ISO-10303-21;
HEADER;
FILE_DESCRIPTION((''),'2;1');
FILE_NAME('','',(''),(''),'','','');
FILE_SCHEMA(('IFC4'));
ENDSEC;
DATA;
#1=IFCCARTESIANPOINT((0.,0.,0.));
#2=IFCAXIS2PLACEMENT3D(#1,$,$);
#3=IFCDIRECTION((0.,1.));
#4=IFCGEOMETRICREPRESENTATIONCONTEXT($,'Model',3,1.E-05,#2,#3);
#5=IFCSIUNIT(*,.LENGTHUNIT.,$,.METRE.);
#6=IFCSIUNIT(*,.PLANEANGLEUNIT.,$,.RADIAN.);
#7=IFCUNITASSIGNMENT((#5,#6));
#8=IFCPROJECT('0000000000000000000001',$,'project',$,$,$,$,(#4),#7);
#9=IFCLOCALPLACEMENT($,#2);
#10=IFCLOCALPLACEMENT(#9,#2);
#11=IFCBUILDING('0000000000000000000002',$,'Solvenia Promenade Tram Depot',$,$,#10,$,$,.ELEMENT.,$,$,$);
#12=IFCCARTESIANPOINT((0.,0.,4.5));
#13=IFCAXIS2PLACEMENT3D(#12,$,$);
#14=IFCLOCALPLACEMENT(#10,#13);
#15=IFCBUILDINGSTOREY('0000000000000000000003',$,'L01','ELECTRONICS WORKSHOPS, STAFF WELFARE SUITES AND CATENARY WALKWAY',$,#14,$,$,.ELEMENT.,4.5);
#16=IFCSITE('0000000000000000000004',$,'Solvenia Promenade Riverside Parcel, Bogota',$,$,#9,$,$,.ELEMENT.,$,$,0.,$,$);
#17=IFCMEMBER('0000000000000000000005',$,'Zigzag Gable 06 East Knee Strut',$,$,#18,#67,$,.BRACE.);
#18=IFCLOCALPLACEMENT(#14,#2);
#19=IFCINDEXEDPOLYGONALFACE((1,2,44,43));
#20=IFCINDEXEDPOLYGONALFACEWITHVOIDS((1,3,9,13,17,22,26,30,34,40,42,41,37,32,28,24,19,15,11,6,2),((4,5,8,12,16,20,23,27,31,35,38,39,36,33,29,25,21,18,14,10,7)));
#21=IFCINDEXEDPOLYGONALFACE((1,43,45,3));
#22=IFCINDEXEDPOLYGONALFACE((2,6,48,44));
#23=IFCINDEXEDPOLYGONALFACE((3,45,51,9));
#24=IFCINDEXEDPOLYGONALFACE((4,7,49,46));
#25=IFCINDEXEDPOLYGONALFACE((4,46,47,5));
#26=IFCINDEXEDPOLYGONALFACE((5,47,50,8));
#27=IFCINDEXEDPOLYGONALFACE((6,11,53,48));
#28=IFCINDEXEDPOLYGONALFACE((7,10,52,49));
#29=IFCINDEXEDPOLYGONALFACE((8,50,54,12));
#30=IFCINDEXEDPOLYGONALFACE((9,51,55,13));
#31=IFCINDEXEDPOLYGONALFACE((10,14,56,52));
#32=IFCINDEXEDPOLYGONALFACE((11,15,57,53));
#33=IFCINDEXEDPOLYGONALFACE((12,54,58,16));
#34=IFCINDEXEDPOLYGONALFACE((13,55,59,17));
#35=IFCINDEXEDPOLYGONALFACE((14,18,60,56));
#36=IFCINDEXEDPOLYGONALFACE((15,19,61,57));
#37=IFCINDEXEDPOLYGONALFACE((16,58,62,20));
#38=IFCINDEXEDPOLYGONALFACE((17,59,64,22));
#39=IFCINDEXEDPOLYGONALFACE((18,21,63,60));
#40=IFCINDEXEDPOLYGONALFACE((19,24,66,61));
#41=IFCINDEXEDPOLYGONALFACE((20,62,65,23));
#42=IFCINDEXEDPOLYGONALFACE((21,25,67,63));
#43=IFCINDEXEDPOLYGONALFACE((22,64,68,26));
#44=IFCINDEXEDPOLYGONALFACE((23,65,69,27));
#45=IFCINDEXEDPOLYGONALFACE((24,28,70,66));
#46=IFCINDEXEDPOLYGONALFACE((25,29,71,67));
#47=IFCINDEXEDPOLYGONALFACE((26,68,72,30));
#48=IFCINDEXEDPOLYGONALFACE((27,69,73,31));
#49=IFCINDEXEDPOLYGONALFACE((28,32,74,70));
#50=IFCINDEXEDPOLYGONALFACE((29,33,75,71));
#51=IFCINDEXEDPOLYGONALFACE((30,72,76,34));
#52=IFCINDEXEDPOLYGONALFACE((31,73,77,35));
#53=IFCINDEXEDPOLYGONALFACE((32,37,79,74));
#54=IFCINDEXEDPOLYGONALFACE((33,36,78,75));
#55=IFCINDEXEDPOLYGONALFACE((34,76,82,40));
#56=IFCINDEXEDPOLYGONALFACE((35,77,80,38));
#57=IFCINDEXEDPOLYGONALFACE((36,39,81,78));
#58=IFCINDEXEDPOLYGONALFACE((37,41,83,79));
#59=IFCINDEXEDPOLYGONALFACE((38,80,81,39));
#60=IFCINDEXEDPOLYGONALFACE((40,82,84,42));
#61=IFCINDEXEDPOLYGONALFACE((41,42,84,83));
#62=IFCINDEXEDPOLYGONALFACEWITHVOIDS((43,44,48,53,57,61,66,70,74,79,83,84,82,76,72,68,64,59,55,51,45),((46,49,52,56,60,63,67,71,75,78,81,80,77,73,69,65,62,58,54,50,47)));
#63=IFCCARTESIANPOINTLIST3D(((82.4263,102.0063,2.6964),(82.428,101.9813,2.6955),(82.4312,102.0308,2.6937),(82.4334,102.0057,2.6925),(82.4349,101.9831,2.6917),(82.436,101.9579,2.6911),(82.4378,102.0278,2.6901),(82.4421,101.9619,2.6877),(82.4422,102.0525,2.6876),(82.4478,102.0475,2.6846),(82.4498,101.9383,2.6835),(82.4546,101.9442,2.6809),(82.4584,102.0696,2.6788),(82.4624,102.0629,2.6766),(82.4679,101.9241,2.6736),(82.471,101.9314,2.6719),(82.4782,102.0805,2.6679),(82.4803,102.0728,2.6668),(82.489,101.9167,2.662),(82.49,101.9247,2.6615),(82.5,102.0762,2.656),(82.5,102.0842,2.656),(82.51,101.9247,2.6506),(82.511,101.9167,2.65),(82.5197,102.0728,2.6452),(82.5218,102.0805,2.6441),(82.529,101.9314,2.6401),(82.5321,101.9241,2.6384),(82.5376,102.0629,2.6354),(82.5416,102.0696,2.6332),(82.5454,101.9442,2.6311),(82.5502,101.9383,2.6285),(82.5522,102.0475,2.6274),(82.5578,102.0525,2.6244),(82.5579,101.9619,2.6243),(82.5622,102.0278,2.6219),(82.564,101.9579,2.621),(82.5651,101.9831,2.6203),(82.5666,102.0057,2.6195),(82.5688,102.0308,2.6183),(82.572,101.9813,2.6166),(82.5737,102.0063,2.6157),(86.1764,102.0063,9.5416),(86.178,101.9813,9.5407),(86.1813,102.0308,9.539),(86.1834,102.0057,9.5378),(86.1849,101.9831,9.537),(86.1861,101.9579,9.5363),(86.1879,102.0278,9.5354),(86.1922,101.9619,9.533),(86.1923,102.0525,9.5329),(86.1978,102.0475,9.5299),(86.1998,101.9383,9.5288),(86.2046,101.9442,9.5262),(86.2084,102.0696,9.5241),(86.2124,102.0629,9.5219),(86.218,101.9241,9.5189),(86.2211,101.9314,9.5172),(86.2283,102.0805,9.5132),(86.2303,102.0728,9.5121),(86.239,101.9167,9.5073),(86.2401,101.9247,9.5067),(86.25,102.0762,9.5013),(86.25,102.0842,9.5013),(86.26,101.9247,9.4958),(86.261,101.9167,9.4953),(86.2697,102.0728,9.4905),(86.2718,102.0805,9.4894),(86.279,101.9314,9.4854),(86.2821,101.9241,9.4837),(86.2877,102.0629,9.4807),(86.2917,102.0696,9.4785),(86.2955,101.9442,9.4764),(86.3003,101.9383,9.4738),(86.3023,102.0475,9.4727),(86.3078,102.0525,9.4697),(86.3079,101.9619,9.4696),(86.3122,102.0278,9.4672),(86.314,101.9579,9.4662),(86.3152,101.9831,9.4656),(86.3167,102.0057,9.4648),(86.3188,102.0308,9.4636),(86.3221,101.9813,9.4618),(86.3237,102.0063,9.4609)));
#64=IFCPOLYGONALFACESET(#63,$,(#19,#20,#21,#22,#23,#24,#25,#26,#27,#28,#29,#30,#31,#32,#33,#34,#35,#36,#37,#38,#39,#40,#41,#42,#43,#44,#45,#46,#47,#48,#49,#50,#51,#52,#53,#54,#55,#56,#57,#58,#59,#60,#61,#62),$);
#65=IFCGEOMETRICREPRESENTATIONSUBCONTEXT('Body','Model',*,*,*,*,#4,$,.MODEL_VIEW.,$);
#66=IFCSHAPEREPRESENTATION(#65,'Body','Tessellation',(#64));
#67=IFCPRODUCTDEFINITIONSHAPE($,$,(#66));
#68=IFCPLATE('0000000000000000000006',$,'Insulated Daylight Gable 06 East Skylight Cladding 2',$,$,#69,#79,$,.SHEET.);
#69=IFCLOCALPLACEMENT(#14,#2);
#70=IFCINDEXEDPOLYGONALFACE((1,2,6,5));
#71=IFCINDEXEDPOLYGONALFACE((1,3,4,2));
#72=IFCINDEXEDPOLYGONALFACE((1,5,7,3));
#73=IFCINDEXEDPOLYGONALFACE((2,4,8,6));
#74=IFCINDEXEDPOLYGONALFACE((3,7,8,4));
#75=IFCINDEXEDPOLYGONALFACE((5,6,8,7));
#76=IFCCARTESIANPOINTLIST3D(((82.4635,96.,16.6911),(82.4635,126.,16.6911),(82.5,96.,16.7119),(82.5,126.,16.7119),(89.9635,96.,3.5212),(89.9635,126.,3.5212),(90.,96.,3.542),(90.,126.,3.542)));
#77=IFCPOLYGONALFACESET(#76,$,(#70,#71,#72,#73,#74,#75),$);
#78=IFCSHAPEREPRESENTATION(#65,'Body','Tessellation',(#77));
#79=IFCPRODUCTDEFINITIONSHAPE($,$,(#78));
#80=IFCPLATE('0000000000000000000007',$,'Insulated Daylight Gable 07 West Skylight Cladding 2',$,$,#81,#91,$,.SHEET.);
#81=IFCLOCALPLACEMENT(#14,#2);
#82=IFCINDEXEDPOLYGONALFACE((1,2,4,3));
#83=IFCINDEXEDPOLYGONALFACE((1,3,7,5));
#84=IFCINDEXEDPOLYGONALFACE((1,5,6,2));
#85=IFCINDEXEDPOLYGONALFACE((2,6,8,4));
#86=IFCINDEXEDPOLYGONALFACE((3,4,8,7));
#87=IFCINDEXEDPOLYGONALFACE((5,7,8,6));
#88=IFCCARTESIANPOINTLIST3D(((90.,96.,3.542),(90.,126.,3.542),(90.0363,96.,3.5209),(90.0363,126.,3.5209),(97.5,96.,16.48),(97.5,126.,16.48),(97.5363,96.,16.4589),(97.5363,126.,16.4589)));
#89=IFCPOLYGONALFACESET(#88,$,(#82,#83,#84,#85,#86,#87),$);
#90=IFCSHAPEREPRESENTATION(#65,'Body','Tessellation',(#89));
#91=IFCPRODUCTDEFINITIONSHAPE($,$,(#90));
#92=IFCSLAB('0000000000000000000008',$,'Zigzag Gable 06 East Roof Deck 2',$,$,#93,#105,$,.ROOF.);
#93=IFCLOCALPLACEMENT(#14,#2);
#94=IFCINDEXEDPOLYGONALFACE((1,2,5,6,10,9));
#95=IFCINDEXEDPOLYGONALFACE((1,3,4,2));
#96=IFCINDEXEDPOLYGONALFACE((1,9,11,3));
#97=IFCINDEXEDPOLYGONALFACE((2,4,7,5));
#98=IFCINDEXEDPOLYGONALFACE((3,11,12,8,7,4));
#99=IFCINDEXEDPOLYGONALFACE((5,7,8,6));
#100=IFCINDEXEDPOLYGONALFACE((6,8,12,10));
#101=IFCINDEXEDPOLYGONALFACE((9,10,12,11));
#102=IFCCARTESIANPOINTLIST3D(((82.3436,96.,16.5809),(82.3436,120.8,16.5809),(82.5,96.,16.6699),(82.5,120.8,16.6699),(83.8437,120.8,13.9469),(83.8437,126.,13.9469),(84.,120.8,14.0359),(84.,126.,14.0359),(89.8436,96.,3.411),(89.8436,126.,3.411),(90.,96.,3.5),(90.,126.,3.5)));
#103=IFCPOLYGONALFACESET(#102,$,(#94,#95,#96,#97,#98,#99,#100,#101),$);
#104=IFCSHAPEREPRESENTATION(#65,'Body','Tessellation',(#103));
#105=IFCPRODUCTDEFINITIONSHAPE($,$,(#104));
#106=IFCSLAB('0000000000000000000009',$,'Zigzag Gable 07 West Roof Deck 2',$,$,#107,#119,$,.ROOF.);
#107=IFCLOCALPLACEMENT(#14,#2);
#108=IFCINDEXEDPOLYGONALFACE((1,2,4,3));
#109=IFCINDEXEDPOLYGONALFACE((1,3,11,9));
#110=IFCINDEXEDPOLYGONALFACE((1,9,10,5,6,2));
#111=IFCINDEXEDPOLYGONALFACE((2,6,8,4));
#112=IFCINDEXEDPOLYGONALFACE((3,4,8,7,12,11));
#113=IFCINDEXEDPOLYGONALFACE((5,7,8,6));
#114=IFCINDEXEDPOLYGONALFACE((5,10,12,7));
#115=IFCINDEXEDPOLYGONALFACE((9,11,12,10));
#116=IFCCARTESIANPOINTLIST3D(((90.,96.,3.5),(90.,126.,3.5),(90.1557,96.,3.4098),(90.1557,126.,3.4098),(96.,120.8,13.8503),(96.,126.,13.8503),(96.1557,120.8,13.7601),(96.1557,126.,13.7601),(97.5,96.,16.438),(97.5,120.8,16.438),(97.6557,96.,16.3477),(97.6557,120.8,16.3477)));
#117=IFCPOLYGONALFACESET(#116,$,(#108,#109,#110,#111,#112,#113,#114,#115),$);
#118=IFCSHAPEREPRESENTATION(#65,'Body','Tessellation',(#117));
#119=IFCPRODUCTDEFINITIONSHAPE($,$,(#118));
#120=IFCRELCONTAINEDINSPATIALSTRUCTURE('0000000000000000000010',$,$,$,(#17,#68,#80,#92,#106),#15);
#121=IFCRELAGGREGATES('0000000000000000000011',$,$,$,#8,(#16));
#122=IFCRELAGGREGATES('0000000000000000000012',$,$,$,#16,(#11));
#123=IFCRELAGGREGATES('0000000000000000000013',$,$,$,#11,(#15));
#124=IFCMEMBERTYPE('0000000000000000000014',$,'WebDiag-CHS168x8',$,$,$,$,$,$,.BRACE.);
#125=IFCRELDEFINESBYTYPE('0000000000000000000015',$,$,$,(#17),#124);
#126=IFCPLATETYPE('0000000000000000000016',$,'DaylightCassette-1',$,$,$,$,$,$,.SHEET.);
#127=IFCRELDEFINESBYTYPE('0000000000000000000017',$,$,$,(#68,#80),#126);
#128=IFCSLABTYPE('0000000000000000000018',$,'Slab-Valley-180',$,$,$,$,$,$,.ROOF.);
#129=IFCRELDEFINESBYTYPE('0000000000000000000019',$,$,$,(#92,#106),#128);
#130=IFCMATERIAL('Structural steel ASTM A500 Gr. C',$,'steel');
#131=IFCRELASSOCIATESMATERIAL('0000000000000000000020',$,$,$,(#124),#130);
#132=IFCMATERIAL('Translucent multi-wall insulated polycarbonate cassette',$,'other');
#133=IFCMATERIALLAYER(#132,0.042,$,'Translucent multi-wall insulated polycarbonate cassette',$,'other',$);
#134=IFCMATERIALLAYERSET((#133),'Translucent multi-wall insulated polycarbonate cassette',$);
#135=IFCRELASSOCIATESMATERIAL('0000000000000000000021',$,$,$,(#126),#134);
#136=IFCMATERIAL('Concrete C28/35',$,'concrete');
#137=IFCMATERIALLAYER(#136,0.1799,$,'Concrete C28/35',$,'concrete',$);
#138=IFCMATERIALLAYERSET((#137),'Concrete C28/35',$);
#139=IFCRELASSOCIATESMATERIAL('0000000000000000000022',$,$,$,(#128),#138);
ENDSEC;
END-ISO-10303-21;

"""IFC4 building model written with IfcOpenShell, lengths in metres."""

from ifc_helpers import new_model, si_unit, direction, frame, origin, origin_2d, place, context, subcontext, project, spatial, polyline, hollow_circle, outline, extrude, material, layer, layer_set, material_profile, profile_set, type_object, element, save


model = new_model("IFC4")

# Units and contexts
model_context = context("Model", 3, precision=1e-05, world=origin(), true_north=direction((0.0, 1.0)))
body_context = subcontext(model_context, "Body", "Model", "MODEL_VIEW")
ifc_project = project(units=[si_unit("LENGTHUNIT", "METRE"), si_unit("PLANEANGLEUNIT", "RADIAN")], contexts=[model_context])

# Site, building, storey
site_placement = place(None, origin())
site = spatial("IfcSite", under=ifc_project, at=site_placement, Name="Solvenia Promenade Riverside Parcel, Bogota", CompositionType="ELEMENT", RefElevation=0.0)
building_placement = place(site_placement, origin())
building = spatial("IfcBuilding", under=site, at=building_placement, Name="Solvenia Promenade Tram Depot", CompositionType="ELEMENT")
storey_placement = place(building_placement, frame((0.0, 0.0, 4.5)))
storey = spatial("IfcBuildingStorey", under=building, at=storey_placement, Name="L01", Description="ELECTRONICS WORKSHOPS, STAFF WELFARE SUITES AND CATENARY WALKWAY", CompositionType="ELEMENT", Elevation=4.5)

# Shared definitions
ifc_material_1 = material(Name="Structural steel ASTM A500 Gr. C", Category="steel")

# Member
ifc_material_profile_1 = material_profile(ifc_material_1, hollow_circle(Radius=0.0842, WallThickness=0.0081, at=origin_2d()), Name="CHS168.3x8", Category="steel")
ifc_profile_set_1 = profile_set([ifc_material_profile_1], Name="Structural steel ASTM A500 Gr. C")
member_type_1 = type_object("IfcMemberType", Name="WebDiag-CHS168x8", PredefinedType="BRACE", material=ifc_profile_set_1)
for number, where, z_axis, x_axis, name in (
    (1, (82.5, 102.0, 2.656), (0.480456, 0.0, 0.877019), (0.0, 1.0, 0.0), "Zigzag Gable 06 East Knee Strut"),
):
    element("IfcMember", number, at=place(storey_placement, frame(where, z_axis=z_axis, x_axis=x_axis)), inside=storey, type_object=member_type_1, Name=name, PredefinedType="BRACE", context=body_context, shape_type="SweptSolid", body=[
        extrude(hollow_circle(Radius=0.0842, WallThickness=0.0081, at=origin_2d()), origin(), (0.0, 0.0, 1.0), 7.8052),
    ])

# Plates
ifc_material_2 = material(Name="Translucent multi-wall insulated polycarbonate cassette", Category="other")
ifc_layer_1 = layer(ifc_material_2, 0.042, Name="Translucent multi-wall insulated polycarbonate cassette", Category="other")
ifc_layer_set_1 = layer_set([ifc_layer_1], Name="Translucent multi-wall insulated polycarbonate cassette")
plate_type = type_object("IfcPlateType", Name="DaylightCassette-1", PredefinedType="SHEET", material=ifc_layer_set_1)
plate_1_placement = place(storey_placement, frame((82.5, 96.0, 16.7119), z_axis=(0.868972, 0.0, 0.494862), x_axis=(0.0, 1.0, 0.0)))
element("IfcPlate", 2, at=plate_1_placement, inside=storey, type_object=plate_type, Name="Insulated Daylight Gable 06 East Skylight Cladding 2", PredefinedType="SHEET", context=body_context, shape_type="SweptSolid", body=[
    extrude(outline(polyline([(0.0, 0.0), (30.0, 0.0), (30.0, -15.1558), (0.0, -15.1558), (0.0, 0.0)])), origin(), (0.0, 0.0, -1.0), 0.042),
])
plate_2_placement = place(storey_placement, frame((90.0, 96.0, 3.542), z_axis=(-0.865148, 0.0, 0.501516), x_axis=(0.0, 1.0, 0.0)))
element("IfcPlate", 3, at=plate_2_placement, inside=storey, type_object=plate_type, Name="Insulated Daylight Gable 07 West Skylight Cladding 2", PredefinedType="SHEET", context=body_context, shape_type="SweptSolid", body=[
    extrude(outline(polyline([(0.0, 0.0), (30.0, 0.0), (30.0, -14.9546), (0.0, -14.9546), (0.0, 0.0)])), origin(), (0.0, 0.0, -1.0), 0.042),
])

# Slabs
ifc_material_3 = material(Name="Concrete C28/35", Category="concrete")
ifc_layer_2 = layer(ifc_material_3, 0.1799, Name="Concrete C28/35", Category="concrete")
ifc_layer_set_2 = layer_set([ifc_layer_2], Name="Concrete C28/35")
slab_type = type_object("IfcSlabType", Name="Slab-Valley-180", PredefinedType="ROOF", material=ifc_layer_set_2)
slab_1_placement = place(storey_placement, frame((82.5, 96.0, 16.6699), z_axis=(0.868972, 0.0, 0.494862), x_axis=(0.0, 1.0, 0.0)))
element("IfcSlab", 4, at=slab_1_placement, inside=storey, type_object=slab_type, Name="Zigzag Gable 06 East Roof Deck 2", PredefinedType="ROOF", context=body_context, shape_type="SweptSolid", body=[
    extrude(outline(polyline([(0.0, 0.0), (24.8, 0.0), (24.8, -3.0312), (30.0, -3.0312), (30.0, -15.1558), (0.0, -15.1558), (0.0, 0.0)])), origin(), (0.0, 0.0, -1.0), 0.1799),
])
slab_2_placement = place(storey_placement, frame((90.0, 96.0, 3.5), z_axis=(-0.865148, 0.0, 0.501517), x_axis=(0.0, 1.0, 0.0)))
element("IfcSlab", 5, at=slab_2_placement, inside=storey, type_object=slab_type, Name="Zigzag Gable 07 West Roof Deck 2", PredefinedType="ROOF", context=body_context, shape_type="SweptSolid", body=[
    extrude(outline(polyline([(0.0, 0.0), (30.0, 0.0), (30.0, -11.9637), (24.8, -11.9637), (24.8, -14.9546), (0.0, -14.9546), (0.0, 0.0)])), origin(), (0.0, 0.0, -1.0), 0.1799),
])

save(model, "model.ifc")
